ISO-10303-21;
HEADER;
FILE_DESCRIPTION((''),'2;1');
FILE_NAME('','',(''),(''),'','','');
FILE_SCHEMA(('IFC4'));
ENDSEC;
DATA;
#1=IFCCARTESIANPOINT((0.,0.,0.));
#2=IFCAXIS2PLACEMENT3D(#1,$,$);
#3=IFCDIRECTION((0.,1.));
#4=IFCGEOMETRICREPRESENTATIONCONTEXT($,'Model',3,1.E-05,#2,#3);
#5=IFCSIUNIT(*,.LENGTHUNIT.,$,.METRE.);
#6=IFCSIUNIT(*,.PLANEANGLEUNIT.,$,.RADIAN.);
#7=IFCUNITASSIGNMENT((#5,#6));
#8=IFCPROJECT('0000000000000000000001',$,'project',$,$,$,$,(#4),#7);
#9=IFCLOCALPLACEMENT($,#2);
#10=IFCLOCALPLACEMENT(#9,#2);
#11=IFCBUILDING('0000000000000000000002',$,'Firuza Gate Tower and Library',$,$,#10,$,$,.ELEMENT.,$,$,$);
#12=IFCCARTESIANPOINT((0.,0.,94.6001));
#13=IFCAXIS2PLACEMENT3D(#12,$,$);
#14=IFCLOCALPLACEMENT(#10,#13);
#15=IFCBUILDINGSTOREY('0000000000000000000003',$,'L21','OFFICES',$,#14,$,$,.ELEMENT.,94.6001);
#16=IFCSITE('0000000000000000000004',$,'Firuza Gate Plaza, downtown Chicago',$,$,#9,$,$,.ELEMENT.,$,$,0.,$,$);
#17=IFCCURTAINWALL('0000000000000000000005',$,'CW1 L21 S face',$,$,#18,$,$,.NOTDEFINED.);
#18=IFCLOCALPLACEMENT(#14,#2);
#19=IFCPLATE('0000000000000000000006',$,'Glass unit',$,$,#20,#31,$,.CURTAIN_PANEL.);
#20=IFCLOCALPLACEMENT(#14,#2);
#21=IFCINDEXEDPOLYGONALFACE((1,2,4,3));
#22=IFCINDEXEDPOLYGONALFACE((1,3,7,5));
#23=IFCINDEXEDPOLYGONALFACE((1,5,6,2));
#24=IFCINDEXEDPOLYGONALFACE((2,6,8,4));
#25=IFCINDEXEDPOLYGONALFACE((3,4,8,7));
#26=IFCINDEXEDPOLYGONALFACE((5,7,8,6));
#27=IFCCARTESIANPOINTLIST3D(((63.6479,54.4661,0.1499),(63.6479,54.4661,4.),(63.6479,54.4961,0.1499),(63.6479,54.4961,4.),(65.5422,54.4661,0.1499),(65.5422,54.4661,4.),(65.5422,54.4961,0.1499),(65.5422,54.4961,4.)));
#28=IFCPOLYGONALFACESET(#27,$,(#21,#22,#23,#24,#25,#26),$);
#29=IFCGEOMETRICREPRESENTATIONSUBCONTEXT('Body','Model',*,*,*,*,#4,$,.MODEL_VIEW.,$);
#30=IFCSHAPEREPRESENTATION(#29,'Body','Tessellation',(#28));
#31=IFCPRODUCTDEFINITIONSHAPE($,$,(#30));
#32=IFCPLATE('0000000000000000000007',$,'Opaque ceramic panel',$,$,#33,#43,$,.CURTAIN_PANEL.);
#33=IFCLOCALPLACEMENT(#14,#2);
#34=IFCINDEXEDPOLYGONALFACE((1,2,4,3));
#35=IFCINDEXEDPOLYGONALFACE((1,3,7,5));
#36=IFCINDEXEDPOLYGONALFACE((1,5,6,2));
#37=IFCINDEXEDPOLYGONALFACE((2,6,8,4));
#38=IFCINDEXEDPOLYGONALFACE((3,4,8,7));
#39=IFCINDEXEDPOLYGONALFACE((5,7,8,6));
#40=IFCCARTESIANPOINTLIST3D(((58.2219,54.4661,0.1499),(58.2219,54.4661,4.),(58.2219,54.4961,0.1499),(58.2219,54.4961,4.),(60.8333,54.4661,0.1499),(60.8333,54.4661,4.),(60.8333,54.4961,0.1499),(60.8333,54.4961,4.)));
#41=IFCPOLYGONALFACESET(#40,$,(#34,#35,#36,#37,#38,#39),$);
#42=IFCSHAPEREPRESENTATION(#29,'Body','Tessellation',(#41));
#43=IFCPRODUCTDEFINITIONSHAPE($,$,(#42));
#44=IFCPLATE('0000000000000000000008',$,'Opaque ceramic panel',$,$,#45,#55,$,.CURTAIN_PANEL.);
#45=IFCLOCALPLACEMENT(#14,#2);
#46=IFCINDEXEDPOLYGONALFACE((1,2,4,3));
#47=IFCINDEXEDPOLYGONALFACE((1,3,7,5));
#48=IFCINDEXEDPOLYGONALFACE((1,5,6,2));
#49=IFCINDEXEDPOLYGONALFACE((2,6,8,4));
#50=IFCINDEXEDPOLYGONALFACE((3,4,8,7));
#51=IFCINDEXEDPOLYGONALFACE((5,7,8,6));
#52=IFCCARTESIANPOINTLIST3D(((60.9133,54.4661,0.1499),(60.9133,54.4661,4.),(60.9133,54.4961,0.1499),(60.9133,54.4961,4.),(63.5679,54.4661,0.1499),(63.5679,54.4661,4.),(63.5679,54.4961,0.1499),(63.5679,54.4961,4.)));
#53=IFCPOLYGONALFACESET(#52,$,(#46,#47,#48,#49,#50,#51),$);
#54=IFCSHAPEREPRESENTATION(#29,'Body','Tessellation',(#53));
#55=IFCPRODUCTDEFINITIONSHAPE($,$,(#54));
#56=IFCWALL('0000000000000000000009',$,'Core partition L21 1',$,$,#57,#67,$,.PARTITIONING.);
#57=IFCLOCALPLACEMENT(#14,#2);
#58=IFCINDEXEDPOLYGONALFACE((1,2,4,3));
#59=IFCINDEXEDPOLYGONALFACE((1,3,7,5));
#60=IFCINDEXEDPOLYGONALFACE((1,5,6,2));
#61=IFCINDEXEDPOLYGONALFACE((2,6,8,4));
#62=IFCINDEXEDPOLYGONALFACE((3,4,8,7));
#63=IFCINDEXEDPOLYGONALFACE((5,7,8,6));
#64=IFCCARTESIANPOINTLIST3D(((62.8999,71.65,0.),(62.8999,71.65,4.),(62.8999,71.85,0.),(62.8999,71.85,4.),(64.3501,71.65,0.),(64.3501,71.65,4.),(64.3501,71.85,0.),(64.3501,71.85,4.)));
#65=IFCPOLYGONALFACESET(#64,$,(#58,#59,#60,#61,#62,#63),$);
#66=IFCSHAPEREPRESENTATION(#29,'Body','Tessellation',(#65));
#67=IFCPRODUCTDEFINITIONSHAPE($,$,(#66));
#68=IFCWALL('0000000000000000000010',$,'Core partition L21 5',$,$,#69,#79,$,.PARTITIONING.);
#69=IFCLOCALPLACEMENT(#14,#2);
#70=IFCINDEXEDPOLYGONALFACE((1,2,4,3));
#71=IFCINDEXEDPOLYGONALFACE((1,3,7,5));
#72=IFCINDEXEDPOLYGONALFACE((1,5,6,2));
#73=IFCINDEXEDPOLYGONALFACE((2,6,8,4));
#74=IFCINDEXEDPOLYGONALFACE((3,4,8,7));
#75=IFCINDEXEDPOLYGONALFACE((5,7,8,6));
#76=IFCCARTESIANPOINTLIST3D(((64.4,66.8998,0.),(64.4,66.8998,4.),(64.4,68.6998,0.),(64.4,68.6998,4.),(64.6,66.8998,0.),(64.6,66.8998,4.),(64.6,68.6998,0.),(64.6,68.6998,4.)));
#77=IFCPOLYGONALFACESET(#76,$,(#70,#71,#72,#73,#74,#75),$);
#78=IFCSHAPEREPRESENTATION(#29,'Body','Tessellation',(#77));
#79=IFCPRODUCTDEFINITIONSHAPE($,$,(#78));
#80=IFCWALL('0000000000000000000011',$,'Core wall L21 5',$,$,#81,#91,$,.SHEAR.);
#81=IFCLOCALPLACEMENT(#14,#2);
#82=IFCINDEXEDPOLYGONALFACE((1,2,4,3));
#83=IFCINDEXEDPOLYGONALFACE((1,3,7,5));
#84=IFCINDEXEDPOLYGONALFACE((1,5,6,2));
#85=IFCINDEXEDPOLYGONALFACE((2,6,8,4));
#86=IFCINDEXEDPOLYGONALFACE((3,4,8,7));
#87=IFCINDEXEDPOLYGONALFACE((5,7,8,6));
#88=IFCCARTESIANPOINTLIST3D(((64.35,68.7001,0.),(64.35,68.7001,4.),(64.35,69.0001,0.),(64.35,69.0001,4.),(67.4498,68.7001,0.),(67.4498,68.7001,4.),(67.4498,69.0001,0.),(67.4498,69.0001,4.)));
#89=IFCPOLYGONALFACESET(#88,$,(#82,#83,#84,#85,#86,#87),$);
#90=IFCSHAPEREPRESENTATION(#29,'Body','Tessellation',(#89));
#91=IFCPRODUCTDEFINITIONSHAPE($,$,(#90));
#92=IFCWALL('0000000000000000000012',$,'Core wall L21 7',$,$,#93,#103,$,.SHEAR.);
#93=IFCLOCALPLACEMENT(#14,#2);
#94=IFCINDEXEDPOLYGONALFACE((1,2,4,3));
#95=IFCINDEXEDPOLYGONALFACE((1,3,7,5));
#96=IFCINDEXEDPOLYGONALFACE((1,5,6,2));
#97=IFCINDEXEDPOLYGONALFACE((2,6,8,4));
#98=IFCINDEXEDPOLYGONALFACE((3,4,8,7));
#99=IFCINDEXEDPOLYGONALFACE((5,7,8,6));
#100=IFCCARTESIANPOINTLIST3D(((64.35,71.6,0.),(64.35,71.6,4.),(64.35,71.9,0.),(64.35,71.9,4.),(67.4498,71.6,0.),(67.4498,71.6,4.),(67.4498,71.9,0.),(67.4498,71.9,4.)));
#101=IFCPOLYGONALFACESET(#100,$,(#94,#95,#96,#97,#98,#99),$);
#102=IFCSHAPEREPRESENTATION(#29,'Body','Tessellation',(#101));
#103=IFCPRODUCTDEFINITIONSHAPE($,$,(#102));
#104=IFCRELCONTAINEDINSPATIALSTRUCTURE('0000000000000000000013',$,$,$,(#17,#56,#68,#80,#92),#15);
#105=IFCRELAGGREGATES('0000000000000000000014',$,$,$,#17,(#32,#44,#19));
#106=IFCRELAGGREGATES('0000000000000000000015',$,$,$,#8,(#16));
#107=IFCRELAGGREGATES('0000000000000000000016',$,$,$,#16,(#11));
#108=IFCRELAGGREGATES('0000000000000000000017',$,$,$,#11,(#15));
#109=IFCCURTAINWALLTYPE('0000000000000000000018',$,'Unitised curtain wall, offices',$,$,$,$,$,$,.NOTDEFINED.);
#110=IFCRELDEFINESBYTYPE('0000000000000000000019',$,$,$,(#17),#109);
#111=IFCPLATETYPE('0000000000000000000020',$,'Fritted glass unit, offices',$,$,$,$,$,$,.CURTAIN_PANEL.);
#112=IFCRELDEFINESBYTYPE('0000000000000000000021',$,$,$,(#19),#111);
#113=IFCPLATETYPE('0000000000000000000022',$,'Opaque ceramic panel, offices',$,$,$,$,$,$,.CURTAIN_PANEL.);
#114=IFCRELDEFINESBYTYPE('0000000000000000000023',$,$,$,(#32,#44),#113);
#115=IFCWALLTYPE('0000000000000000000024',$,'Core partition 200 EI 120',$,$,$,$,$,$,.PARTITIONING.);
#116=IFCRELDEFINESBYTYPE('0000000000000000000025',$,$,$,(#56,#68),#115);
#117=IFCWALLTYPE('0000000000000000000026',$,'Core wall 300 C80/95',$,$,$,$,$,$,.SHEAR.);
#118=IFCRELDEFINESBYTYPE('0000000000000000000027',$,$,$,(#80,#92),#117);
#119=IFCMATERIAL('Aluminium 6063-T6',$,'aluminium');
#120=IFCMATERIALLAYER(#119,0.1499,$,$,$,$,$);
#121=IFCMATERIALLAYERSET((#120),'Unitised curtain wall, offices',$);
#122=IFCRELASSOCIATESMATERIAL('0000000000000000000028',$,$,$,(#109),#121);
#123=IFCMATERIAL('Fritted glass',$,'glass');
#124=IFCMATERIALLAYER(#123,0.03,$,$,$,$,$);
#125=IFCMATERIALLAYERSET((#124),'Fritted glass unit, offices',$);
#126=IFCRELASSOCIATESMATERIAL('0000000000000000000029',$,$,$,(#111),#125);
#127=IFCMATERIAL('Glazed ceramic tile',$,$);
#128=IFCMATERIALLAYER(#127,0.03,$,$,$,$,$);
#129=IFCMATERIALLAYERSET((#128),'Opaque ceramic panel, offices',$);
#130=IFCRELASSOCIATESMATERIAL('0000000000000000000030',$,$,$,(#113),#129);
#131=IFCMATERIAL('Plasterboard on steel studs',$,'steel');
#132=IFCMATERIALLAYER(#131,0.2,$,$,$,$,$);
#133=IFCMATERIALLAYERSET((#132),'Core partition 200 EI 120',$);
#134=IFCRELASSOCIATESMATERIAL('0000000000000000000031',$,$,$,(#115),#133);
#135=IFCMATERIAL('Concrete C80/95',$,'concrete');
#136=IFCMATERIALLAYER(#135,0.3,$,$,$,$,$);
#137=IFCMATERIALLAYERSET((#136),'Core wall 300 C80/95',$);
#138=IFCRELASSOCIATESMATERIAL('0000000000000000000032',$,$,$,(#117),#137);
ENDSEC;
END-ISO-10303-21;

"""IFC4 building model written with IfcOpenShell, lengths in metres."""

from ifc_helpers import new_model, si_unit, direction, frame, frame_2d, origin, place, context, subcontext, project, spatial, polyline, rectangle, outline, extrude, material, layer, layer_set, type_object, element, aggregate, save


model = new_model("IFC4")

# Units and contexts
model_context = context("Model", 3, precision=1e-05, world=origin(), true_north=direction((0.0, 1.0)))
body_context = subcontext(model_context, "Body", "Model", "MODEL_VIEW")
ifc_project = project(units=[si_unit("LENGTHUNIT", "METRE"), si_unit("PLANEANGLEUNIT", "RADIAN")], contexts=[model_context])

# Site, building, storey
site_placement = place(None, origin())
site = spatial("IfcSite", under=ifc_project, at=site_placement, Name="Firuza Gate Plaza, downtown Chicago", CompositionType="ELEMENT", RefElevation=0.0)
building_placement = place(site_placement, origin())
building = spatial("IfcBuilding", under=site, at=building_placement, Name="Firuza Gate Tower and Library", CompositionType="ELEMENT")
storey_placement = place(building_placement, frame((0.0, 0.0, 94.6001)))
storey = spatial("IfcBuildingStorey", under=building, at=storey_placement, Name="L21", Description="OFFICES", CompositionType="ELEMENT", Elevation=94.6001)

# Curtain wall
ifc_material_1 = material(Name="Aluminium 6063-T6", Category="aluminium")
ifc_layer_1 = layer(ifc_material_1, 0.1499)
ifc_layer_set_1 = layer_set([ifc_layer_1], Name="Unitised curtain wall, offices")
curtain_wall_type = type_object("IfcCurtainWallType", Name="Unitised curtain wall, offices", PredefinedType="NOTDEFINED", material=ifc_layer_set_1)
curtain_wall_placement = place(storey_placement, origin())
curtain_wall = element("IfcCurtainWall", 1, at=curtain_wall_placement, inside=storey, type_object=curtain_wall_type, Name="CW1 L21 S face", PredefinedType="NOTDEFINED")

# Plates
ifc_material_2 = material(Name="Fritted glass", Category="glass")
ifc_layer_2 = layer(ifc_material_2, 0.03)
ifc_layer_set_2 = layer_set([ifc_layer_2], Name="Fritted glass unit, offices")
plate_type_1 = type_object("IfcPlateType", Name="Fritted glass unit, offices", PredefinedType="CURTAIN_PANEL", material=ifc_layer_set_2)
plate_1_placement = place(storey_placement, frame((63.6479, 54.4661, 0.1499), z_axis=(0.0, -1.0, 0.0), x_axis=(1.0, 0.0, 0.0)))
plate_1 = element("IfcPlate", 2, at=plate_1_placement, type_object=plate_type_1, Name="Glass unit", PredefinedType="CURTAIN_PANEL", context=body_context, shape_type="SweptSolid", body=[
    extrude(outline(polyline([(0.0, 0.0), (1.8943, 0.0), (1.8943, 3.8501), (0.0, 3.8501), (0.0, 0.0)])), origin(), (0.0, 0.0, -1.0), 0.03),
])
ifc_material_3 = material(Name="Glazed ceramic tile")
ifc_layer_3 = layer(ifc_material_3, 0.03)
ifc_layer_set_3 = layer_set([ifc_layer_3], Name="Opaque ceramic panel, offices")
plate_type_2 = type_object("IfcPlateType", Name="Opaque ceramic panel, offices", PredefinedType="CURTAIN_PANEL", material=ifc_layer_set_3)
plate_2_placement = place(storey_placement, frame((58.2219, 54.4661, 0.1499), z_axis=(0.0, -1.0, 0.0), x_axis=(1.0, 0.0, 0.0)))
plate_2 = element("IfcPlate", 3, at=plate_2_placement, type_object=plate_type_2, Name="Opaque ceramic panel", PredefinedType="CURTAIN_PANEL", context=body_context, shape_type="SweptSolid", body=[
    extrude(outline(polyline([(0.0, 0.0), (2.6113, 0.0), (2.6113, 3.8501), (0.0, 3.8501), (0.0, 0.0)])), origin(), (0.0, 0.0, -1.0), 0.03),
])
plate_3_placement = place(storey_placement, frame((60.9133, 54.4661, 0.1499), z_axis=(0.0, -1.0, 0.0), x_axis=(1.0, 0.0, 0.0)))
plate_3 = element("IfcPlate", 4, at=plate_3_placement, type_object=plate_type_2, Name="Opaque ceramic panel", PredefinedType="CURTAIN_PANEL", context=body_context, shape_type="SweptSolid", body=[
    extrude(outline(polyline([(0.0, 0.0), (2.6545, 0.0), (2.6545, 3.8501), (0.0, 3.8501), (0.0, 0.0)])), origin(), (0.0, 0.0, -1.0), 0.03),
])
aggregate(curtain_wall, [plate_2, plate_3, plate_1])

# Walls
ifc_material_4 = material(Name="Plasterboard on steel studs", Category="steel")
ifc_layer_4 = layer(ifc_material_4, 0.2)
ifc_layer_set_4 = layer_set([ifc_layer_4], Name="Core partition 200 EI 120")
wall_type_1 = type_object("IfcWallType", Name="Core partition 200 EI 120", PredefinedType="PARTITIONING", material=ifc_layer_set_4)
wall_1_placement = place(storey_placement, frame((62.8999, 71.75, 0.0), z_axis=(0.0, 0.0, 1.0), x_axis=(1.0, 0.0, 0.0)))
element("IfcWall", 5, at=wall_1_placement, inside=storey, type_object=wall_type_1, Name="Core partition L21 1", PredefinedType="PARTITIONING", context=body_context, shape_type="SweptSolid", body=[
    extrude(rectangle(XDim=1.4502, YDim=0.2, at=frame_2d((0.7251, 0.0))), origin(), (0.0, 0.0, 1.0), 4.0),
])
wall_2_placement = place(storey_placement, frame((64.5, 66.8999, 0.0), z_axis=(0.0, 0.0, 1.0), x_axis=(0.0, 1.0, 0.0)))
element("IfcWall", 6, at=wall_2_placement, inside=storey, type_object=wall_type_1, Name="Core partition L21 5", PredefinedType="PARTITIONING", context=body_context, shape_type="SweptSolid", body=[
    extrude(rectangle(XDim=1.8, YDim=0.2, at=frame_2d((0.8999, 0.0))), origin(), (0.0, 0.0, 1.0), 4.0),
])
ifc_material_5 = material(Name="Concrete C80/95", Category="concrete")
ifc_layer_5 = layer(ifc_material_5, 0.3)
ifc_layer_set_5 = layer_set([ifc_layer_5], Name="Core wall 300 C80/95")
wall_type_2 = type_object("IfcWallType", Name="Core wall 300 C80/95", PredefinedType="SHEAR", material=ifc_layer_set_5)
for number, where, z_axis, x_axis, name in (
    (7, (64.3501, 68.8501, 0.0), (0.0, 0.0, 1.0), (1.0, 0.0, 0.0), "Core wall L21 5"),
    (8, (64.3501, 71.75, 0.0), (0.0, 0.0, 1.0), (1.0, 0.0, 0.0), "Core wall L21 7"),
):
    element("IfcWall", number, at=place(storey_placement, frame(where, z_axis=z_axis, x_axis=x_axis)), inside=storey, type_object=wall_type_2, Name=name, PredefinedType="SHEAR", context=body_context, shape_type="SweptSolid", body=[
        extrude(rectangle(XDim=3.0999, YDim=0.3, at=frame_2d((1.5498, 0.0))), origin(), (0.0, 0.0, 1.0), 4.0),
    ])

save(model, "model.ifc")
